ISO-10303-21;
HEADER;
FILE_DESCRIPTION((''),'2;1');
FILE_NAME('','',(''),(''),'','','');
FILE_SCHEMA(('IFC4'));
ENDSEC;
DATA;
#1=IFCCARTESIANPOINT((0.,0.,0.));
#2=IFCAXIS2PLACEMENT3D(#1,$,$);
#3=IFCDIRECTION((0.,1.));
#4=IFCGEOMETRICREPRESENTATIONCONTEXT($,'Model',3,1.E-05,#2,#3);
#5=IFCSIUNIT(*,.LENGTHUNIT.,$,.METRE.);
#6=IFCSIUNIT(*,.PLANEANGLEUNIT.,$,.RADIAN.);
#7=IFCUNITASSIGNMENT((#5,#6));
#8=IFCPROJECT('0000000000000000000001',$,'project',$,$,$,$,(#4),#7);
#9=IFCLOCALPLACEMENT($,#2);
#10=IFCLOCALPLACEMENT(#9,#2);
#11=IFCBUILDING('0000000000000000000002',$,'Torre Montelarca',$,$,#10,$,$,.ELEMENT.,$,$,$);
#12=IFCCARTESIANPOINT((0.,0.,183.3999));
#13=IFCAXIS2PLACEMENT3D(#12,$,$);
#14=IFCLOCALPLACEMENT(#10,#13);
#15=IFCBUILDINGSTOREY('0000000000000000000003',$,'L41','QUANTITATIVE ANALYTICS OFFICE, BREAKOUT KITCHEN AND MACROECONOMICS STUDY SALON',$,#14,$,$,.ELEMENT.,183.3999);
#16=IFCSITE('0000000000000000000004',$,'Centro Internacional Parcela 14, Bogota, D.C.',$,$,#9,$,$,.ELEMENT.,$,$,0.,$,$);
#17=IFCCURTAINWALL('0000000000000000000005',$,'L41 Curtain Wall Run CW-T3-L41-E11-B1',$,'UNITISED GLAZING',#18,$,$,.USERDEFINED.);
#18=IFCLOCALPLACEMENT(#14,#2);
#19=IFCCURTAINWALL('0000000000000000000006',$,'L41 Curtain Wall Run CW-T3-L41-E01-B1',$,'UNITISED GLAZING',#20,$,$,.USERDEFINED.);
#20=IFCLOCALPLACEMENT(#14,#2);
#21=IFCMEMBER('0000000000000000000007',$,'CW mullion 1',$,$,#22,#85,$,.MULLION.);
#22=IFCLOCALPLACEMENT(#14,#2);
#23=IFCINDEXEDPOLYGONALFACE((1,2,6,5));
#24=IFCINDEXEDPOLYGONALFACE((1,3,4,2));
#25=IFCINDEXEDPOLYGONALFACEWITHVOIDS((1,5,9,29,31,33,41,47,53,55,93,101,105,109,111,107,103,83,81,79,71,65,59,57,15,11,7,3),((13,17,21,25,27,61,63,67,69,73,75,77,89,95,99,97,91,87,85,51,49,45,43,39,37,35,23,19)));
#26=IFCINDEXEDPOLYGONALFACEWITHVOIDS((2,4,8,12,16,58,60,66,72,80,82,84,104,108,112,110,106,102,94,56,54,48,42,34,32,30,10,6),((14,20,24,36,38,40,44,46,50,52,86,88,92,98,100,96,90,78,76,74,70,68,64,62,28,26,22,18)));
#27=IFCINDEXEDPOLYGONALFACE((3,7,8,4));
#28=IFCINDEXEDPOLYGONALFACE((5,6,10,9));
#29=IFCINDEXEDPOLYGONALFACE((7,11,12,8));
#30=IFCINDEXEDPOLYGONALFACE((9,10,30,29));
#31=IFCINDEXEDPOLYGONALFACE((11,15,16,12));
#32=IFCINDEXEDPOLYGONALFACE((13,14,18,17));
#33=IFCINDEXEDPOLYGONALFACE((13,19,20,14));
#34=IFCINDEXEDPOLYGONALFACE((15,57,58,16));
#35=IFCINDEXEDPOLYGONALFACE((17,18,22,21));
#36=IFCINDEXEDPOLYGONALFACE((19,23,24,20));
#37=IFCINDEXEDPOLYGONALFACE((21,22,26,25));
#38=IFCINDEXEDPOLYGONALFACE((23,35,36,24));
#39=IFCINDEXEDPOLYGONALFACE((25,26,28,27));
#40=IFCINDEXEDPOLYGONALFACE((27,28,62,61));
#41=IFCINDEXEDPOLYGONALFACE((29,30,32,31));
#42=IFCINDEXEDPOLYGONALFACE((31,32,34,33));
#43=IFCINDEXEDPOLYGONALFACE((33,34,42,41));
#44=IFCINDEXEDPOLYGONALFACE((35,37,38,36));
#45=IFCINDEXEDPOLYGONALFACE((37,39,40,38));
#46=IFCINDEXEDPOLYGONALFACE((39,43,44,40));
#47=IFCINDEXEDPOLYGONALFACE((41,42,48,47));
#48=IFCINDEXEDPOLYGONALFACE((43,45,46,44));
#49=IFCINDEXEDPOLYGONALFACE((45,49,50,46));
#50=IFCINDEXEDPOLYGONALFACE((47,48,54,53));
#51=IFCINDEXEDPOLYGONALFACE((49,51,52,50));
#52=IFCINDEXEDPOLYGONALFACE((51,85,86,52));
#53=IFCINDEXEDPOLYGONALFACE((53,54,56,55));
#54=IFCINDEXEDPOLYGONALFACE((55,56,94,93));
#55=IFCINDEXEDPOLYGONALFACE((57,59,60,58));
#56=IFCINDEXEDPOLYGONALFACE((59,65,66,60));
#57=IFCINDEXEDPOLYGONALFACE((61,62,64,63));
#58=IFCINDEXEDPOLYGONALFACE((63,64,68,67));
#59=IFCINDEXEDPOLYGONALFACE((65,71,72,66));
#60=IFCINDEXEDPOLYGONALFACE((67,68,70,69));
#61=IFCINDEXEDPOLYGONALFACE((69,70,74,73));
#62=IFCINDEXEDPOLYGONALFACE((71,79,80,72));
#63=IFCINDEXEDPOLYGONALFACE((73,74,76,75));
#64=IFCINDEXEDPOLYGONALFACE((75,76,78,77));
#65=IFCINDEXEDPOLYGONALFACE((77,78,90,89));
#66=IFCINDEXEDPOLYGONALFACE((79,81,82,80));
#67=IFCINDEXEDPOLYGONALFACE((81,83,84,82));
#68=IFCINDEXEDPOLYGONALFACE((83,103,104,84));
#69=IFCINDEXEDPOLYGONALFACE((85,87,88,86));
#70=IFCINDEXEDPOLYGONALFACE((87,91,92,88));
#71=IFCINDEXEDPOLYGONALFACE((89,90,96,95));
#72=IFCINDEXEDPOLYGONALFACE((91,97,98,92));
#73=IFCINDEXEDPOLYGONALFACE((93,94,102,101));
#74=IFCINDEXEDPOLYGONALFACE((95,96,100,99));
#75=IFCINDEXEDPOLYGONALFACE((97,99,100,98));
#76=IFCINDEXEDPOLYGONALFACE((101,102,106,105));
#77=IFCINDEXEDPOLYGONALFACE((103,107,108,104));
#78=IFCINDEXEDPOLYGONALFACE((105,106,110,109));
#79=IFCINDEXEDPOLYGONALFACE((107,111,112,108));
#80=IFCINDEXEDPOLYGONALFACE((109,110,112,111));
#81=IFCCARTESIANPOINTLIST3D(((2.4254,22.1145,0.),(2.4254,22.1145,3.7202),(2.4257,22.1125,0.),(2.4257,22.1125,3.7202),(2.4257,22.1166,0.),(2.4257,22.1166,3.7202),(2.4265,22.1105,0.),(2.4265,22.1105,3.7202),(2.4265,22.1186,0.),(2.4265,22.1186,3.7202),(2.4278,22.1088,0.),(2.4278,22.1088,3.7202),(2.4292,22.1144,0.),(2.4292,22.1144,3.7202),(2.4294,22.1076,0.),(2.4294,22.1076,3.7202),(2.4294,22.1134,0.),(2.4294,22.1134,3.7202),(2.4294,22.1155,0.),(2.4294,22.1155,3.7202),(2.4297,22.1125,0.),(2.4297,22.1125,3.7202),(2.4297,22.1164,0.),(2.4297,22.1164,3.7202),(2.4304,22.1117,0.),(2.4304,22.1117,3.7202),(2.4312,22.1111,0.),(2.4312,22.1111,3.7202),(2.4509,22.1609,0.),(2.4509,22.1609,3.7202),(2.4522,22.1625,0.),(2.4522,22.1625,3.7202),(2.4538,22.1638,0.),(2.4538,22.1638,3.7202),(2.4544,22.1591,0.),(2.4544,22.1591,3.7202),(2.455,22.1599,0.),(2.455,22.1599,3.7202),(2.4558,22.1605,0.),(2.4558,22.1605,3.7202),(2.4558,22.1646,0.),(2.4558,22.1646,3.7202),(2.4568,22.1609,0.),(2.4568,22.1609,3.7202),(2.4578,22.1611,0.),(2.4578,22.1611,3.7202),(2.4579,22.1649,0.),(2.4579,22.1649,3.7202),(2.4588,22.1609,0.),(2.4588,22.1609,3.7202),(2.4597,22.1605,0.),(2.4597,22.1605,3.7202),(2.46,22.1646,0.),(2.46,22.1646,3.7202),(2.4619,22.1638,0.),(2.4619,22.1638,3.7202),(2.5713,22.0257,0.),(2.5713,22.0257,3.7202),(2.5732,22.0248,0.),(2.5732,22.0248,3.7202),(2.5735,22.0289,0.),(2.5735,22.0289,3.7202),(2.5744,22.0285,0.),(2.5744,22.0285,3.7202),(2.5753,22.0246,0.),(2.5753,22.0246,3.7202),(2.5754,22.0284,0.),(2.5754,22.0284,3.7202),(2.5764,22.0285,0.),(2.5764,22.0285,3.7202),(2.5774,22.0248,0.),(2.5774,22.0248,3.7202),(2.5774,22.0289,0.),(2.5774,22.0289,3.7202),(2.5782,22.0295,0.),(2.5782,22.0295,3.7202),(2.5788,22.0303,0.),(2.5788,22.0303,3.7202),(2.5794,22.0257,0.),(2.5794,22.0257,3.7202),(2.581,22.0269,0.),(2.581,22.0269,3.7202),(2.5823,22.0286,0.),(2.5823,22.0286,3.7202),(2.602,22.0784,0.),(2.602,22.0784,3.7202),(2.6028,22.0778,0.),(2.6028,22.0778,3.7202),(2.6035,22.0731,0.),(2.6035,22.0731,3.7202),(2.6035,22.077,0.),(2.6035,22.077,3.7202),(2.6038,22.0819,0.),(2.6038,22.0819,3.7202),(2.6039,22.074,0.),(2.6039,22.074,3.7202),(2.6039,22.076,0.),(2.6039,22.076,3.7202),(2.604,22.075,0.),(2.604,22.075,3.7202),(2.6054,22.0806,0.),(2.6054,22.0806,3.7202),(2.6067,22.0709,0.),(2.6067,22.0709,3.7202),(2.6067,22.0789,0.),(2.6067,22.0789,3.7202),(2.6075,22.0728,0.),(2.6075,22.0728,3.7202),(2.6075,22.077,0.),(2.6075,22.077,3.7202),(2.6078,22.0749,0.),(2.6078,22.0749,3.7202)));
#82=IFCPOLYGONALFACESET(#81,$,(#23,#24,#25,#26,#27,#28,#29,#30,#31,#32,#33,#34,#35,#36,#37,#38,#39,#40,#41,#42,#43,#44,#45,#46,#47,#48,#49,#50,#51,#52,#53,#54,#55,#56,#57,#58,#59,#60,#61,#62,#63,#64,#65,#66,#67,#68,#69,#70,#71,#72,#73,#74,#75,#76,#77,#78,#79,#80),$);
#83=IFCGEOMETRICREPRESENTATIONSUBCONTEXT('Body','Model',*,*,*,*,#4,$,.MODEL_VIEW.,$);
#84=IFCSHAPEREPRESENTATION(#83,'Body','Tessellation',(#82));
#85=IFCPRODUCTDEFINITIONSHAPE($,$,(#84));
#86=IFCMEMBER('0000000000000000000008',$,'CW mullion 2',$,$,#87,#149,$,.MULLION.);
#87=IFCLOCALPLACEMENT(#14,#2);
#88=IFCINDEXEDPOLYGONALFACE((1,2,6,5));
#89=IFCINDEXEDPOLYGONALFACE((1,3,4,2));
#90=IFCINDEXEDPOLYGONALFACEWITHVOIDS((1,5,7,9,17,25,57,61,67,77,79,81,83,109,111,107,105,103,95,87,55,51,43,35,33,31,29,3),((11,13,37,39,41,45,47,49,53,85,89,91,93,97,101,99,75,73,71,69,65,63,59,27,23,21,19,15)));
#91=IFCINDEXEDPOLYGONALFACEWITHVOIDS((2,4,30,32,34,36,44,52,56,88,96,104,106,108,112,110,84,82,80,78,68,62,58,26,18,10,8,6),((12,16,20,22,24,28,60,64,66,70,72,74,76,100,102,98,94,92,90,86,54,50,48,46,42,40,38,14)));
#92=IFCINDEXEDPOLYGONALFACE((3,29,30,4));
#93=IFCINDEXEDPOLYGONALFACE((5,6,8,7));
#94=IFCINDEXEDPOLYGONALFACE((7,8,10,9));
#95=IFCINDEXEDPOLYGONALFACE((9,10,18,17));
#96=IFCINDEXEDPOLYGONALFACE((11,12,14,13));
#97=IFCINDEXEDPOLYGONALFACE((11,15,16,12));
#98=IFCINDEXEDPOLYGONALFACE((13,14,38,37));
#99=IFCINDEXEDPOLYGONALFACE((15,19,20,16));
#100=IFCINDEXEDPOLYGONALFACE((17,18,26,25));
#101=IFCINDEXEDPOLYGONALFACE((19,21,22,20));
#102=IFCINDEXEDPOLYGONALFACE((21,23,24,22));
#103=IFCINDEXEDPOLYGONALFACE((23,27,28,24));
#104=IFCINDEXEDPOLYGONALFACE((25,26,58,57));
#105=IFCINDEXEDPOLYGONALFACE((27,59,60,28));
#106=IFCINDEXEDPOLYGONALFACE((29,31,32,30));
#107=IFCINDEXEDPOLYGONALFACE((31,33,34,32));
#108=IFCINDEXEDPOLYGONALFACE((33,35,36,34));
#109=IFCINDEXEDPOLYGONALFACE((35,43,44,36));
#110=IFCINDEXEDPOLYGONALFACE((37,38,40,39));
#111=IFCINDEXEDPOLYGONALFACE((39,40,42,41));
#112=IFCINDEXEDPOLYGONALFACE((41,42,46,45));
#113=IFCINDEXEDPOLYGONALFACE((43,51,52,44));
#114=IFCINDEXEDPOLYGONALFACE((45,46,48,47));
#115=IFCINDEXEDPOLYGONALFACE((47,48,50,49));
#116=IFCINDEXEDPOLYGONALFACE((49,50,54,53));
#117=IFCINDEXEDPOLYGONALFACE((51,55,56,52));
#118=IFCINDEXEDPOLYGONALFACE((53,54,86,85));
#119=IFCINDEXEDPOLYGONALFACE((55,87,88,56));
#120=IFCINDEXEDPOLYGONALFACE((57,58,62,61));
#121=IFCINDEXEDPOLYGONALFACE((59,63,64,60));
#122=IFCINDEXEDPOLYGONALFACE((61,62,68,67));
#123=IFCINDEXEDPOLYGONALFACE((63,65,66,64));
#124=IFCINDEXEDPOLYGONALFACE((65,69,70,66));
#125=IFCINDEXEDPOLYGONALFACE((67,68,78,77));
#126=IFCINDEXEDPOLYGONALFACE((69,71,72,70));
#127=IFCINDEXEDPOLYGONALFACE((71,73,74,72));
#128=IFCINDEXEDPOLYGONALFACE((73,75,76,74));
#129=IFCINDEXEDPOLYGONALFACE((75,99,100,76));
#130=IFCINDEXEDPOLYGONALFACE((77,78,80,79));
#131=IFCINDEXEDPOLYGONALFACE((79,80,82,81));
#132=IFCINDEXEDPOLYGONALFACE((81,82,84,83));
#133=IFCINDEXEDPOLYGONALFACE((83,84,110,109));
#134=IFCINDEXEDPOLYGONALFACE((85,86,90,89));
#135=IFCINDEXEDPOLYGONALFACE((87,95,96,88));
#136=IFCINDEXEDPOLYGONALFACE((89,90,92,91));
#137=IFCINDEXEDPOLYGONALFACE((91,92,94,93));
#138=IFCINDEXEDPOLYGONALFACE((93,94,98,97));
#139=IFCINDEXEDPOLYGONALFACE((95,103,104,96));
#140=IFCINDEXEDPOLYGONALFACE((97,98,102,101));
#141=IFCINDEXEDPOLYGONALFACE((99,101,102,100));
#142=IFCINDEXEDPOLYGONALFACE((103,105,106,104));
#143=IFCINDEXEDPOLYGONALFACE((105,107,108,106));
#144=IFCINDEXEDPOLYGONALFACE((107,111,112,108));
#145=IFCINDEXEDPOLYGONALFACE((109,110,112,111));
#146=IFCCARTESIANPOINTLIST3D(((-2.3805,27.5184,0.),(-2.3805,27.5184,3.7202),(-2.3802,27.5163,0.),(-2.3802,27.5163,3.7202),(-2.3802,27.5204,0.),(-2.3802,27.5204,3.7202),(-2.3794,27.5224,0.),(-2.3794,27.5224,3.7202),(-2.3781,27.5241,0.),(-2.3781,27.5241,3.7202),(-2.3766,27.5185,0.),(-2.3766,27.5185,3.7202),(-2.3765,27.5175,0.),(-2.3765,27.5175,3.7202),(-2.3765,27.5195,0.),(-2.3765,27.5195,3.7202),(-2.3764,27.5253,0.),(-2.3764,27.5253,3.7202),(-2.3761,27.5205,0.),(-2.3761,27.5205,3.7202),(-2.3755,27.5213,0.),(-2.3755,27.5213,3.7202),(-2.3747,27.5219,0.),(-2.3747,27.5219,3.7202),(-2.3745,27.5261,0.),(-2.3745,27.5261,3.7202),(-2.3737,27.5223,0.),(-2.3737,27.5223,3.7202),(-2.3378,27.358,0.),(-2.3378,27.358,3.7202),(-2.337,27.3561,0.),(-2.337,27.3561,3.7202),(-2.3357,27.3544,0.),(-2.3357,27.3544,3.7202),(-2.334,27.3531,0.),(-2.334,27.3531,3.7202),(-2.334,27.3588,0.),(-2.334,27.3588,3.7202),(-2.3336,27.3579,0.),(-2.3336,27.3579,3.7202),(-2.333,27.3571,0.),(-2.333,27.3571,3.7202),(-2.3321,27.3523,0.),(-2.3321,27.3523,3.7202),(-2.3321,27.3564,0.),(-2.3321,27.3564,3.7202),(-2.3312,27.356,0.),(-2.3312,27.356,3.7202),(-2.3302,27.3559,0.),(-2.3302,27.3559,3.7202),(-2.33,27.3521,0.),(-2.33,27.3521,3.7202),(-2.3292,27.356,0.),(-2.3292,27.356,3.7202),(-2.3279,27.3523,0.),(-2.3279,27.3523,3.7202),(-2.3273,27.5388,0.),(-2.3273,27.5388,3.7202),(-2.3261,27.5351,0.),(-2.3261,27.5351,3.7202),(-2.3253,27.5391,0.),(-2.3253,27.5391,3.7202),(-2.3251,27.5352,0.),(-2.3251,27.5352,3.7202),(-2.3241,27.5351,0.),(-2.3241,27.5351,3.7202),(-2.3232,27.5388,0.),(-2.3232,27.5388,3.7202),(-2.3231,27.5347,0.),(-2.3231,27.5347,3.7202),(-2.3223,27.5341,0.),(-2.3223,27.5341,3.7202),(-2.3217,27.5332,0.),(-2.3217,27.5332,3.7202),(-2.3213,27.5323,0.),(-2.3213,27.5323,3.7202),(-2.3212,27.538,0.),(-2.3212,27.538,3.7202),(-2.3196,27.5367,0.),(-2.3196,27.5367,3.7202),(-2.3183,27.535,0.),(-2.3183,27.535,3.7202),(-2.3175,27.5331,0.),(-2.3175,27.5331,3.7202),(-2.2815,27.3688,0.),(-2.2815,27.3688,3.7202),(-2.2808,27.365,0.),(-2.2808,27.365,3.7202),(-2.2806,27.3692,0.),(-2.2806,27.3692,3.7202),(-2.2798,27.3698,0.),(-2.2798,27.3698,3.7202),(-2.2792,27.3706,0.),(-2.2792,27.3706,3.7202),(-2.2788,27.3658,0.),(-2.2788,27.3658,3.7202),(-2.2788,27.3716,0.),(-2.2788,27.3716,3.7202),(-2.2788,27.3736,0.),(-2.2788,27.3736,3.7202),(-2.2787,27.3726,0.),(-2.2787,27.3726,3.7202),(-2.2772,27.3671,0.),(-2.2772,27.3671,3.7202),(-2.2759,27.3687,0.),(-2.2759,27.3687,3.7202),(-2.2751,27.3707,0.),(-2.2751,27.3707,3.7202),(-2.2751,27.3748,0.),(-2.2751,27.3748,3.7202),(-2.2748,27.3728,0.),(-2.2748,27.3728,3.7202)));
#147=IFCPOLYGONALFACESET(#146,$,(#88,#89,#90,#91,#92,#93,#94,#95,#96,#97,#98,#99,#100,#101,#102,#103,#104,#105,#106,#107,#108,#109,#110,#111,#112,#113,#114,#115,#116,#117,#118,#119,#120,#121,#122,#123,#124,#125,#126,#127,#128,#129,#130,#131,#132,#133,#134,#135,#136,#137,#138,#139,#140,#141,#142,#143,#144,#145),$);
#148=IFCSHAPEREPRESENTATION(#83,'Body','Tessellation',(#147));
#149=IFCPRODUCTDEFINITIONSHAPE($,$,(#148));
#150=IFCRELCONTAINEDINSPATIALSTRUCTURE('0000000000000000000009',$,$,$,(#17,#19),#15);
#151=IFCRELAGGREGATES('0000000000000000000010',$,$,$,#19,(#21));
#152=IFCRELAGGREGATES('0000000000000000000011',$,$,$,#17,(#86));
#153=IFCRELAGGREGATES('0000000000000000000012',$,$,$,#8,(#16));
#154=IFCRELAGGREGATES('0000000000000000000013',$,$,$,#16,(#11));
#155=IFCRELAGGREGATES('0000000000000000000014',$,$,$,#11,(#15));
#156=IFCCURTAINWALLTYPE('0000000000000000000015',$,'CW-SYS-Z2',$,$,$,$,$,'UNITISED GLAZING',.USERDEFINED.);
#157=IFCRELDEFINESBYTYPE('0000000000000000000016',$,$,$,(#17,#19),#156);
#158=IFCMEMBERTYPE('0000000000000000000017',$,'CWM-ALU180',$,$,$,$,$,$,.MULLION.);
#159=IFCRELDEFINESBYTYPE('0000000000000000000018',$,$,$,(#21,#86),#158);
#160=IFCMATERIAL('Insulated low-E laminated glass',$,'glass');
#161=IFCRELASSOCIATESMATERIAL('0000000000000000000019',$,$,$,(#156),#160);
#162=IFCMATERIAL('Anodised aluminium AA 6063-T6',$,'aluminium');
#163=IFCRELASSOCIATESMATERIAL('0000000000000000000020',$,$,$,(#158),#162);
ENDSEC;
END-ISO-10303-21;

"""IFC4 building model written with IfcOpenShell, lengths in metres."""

from ifc_helpers import new_model, si_unit, direction, frame, origin, origin_2d, place, context, subcontext, project, spatial, hollow_rectangle, extrude, source, transform, mapped, material, material_profile, profile_set, type_object, element, aggregate, save


model = new_model("IFC4")

# Units and contexts
model_context = context("Model", 3, precision=1e-05, world=origin(), true_north=direction((0.0, 1.0)))
body_context = subcontext(model_context, "Body", "Model", "MODEL_VIEW")
ifc_project = project(units=[si_unit("LENGTHUNIT", "METRE"), si_unit("PLANEANGLEUNIT", "RADIAN")], contexts=[model_context])

# Site, building, storey
site_placement = place(None, origin())
site = spatial("IfcSite", under=ifc_project, at=site_placement, Name="Centro Internacional Parcela 14, Bogota, D.C.", CompositionType="ELEMENT", RefElevation=0.0)
building_placement = place(site_placement, origin())
building = spatial("IfcBuilding", under=site, at=building_placement, Name="Torre Montelarca", CompositionType="ELEMENT")
storey_placement = place(building_placement, frame((0.0, 0.0, 183.3999)))
storey = spatial("IfcBuildingStorey", under=building, at=storey_placement, Name="L41", Description="QUANTITATIVE ANALYTICS OFFICE, BREAKOUT KITCHEN AND MACROECONOMICS STUDY SALON", CompositionType="ELEMENT", Elevation=183.3999)

# Curtain wall
ifc_material_1 = material(Name="Insulated low-E laminated glass", Category="glass")
curtain_wall_type = type_object("IfcCurtainWallType", Name="CW-SYS-Z2", ElementType="UNITISED GLAZING", PredefinedType="USERDEFINED", material=ifc_material_1)
curtain_wall_1_placement = place(storey_placement, origin())
curtain_wall_1 = element("IfcCurtainWall", 1, at=curtain_wall_1_placement, inside=storey, type_object=curtain_wall_type, Name="L41 Curtain Wall Run CW-T3-L41-E11-B1", ObjectType="UNITISED GLAZING", PredefinedType="USERDEFINED")
ifc_material_2 = material(Name="Anodised aluminium AA 6063-T6", Category="aluminium")

# Curtain wall, member
curtain_wall_2_placement = place(storey_placement, origin())
curtain_wall_2 = element("IfcCurtainWall", 2, at=curtain_wall_2_placement, inside=storey, type_object=curtain_wall_type, Name="L41 Curtain Wall Run CW-T3-L41-E01-B1", ObjectType="UNITISED GLAZING", PredefinedType="USERDEFINED")
ifc_material_profile_1 = material_profile(ifc_material_2, hollow_rectangle(XDim=0.0649, YDim=0.1799, WallThickness=0.0039, InnerFilletRadius=0.0039, OuterFilletRadius=0.0081, at=origin_2d()), Name="ALU65X180X4", Category="aluminium")
ifc_profile_set_1 = profile_set([ifc_material_profile_1], Name="Anodised aluminium AA 6063-T6")
member_type_1 = type_object("IfcMemberType", Name="CWM-ALU180", PredefinedType="MULLION", material=ifc_profile_set_1)
shared_shape_1 = source(origin(), body_context, "Body", "SweptSolid", [
    extrude(hollow_rectangle(XDim=0.0649, YDim=0.1799, WallThickness=0.0039, InnerFilletRadius=0.0039, OuterFilletRadius=0.0081, at=origin_2d()), origin(), (0.0, 0.0, 1.0), 3.7202),
])
member_1_placement = place(storey_placement, frame((2.5166, 22.0947, 0.0), z_axis=(0.0, 0.0, 1.0), x_axis=(0.500001, 0.866025, 0.0)))
member_1 = element("IfcMember", 3, at=member_1_placement, type_object=member_type_1, Name="CW mullion 1", PredefinedType="MULLION", context=body_context, shape_type="MappedRepresentation", body=[
    mapped(shared_shape_1, transform((0.0, 0.0, 0.0), scale=1.0)),
])

# Member
member_2_placement = place(storey_placement, frame((-2.3276, 27.4456, 0.0), z_axis=(0.0, 0.0, 1.0), x_axis=(0.965928, 0.25881, 0.0)))
member_2 = element("IfcMember", 4, at=member_2_placement, type_object=member_type_1, Name="CW mullion 2", PredefinedType="MULLION", context=body_context, shape_type="MappedRepresentation", body=[
    mapped(shared_shape_1, transform((0.0, 0.0, 0.0), scale=1.0)),
])
aggregate(curtain_wall_2, [member_1])

aggregate(curtain_wall_1, [member_2])

save(model, "model.ifc")
